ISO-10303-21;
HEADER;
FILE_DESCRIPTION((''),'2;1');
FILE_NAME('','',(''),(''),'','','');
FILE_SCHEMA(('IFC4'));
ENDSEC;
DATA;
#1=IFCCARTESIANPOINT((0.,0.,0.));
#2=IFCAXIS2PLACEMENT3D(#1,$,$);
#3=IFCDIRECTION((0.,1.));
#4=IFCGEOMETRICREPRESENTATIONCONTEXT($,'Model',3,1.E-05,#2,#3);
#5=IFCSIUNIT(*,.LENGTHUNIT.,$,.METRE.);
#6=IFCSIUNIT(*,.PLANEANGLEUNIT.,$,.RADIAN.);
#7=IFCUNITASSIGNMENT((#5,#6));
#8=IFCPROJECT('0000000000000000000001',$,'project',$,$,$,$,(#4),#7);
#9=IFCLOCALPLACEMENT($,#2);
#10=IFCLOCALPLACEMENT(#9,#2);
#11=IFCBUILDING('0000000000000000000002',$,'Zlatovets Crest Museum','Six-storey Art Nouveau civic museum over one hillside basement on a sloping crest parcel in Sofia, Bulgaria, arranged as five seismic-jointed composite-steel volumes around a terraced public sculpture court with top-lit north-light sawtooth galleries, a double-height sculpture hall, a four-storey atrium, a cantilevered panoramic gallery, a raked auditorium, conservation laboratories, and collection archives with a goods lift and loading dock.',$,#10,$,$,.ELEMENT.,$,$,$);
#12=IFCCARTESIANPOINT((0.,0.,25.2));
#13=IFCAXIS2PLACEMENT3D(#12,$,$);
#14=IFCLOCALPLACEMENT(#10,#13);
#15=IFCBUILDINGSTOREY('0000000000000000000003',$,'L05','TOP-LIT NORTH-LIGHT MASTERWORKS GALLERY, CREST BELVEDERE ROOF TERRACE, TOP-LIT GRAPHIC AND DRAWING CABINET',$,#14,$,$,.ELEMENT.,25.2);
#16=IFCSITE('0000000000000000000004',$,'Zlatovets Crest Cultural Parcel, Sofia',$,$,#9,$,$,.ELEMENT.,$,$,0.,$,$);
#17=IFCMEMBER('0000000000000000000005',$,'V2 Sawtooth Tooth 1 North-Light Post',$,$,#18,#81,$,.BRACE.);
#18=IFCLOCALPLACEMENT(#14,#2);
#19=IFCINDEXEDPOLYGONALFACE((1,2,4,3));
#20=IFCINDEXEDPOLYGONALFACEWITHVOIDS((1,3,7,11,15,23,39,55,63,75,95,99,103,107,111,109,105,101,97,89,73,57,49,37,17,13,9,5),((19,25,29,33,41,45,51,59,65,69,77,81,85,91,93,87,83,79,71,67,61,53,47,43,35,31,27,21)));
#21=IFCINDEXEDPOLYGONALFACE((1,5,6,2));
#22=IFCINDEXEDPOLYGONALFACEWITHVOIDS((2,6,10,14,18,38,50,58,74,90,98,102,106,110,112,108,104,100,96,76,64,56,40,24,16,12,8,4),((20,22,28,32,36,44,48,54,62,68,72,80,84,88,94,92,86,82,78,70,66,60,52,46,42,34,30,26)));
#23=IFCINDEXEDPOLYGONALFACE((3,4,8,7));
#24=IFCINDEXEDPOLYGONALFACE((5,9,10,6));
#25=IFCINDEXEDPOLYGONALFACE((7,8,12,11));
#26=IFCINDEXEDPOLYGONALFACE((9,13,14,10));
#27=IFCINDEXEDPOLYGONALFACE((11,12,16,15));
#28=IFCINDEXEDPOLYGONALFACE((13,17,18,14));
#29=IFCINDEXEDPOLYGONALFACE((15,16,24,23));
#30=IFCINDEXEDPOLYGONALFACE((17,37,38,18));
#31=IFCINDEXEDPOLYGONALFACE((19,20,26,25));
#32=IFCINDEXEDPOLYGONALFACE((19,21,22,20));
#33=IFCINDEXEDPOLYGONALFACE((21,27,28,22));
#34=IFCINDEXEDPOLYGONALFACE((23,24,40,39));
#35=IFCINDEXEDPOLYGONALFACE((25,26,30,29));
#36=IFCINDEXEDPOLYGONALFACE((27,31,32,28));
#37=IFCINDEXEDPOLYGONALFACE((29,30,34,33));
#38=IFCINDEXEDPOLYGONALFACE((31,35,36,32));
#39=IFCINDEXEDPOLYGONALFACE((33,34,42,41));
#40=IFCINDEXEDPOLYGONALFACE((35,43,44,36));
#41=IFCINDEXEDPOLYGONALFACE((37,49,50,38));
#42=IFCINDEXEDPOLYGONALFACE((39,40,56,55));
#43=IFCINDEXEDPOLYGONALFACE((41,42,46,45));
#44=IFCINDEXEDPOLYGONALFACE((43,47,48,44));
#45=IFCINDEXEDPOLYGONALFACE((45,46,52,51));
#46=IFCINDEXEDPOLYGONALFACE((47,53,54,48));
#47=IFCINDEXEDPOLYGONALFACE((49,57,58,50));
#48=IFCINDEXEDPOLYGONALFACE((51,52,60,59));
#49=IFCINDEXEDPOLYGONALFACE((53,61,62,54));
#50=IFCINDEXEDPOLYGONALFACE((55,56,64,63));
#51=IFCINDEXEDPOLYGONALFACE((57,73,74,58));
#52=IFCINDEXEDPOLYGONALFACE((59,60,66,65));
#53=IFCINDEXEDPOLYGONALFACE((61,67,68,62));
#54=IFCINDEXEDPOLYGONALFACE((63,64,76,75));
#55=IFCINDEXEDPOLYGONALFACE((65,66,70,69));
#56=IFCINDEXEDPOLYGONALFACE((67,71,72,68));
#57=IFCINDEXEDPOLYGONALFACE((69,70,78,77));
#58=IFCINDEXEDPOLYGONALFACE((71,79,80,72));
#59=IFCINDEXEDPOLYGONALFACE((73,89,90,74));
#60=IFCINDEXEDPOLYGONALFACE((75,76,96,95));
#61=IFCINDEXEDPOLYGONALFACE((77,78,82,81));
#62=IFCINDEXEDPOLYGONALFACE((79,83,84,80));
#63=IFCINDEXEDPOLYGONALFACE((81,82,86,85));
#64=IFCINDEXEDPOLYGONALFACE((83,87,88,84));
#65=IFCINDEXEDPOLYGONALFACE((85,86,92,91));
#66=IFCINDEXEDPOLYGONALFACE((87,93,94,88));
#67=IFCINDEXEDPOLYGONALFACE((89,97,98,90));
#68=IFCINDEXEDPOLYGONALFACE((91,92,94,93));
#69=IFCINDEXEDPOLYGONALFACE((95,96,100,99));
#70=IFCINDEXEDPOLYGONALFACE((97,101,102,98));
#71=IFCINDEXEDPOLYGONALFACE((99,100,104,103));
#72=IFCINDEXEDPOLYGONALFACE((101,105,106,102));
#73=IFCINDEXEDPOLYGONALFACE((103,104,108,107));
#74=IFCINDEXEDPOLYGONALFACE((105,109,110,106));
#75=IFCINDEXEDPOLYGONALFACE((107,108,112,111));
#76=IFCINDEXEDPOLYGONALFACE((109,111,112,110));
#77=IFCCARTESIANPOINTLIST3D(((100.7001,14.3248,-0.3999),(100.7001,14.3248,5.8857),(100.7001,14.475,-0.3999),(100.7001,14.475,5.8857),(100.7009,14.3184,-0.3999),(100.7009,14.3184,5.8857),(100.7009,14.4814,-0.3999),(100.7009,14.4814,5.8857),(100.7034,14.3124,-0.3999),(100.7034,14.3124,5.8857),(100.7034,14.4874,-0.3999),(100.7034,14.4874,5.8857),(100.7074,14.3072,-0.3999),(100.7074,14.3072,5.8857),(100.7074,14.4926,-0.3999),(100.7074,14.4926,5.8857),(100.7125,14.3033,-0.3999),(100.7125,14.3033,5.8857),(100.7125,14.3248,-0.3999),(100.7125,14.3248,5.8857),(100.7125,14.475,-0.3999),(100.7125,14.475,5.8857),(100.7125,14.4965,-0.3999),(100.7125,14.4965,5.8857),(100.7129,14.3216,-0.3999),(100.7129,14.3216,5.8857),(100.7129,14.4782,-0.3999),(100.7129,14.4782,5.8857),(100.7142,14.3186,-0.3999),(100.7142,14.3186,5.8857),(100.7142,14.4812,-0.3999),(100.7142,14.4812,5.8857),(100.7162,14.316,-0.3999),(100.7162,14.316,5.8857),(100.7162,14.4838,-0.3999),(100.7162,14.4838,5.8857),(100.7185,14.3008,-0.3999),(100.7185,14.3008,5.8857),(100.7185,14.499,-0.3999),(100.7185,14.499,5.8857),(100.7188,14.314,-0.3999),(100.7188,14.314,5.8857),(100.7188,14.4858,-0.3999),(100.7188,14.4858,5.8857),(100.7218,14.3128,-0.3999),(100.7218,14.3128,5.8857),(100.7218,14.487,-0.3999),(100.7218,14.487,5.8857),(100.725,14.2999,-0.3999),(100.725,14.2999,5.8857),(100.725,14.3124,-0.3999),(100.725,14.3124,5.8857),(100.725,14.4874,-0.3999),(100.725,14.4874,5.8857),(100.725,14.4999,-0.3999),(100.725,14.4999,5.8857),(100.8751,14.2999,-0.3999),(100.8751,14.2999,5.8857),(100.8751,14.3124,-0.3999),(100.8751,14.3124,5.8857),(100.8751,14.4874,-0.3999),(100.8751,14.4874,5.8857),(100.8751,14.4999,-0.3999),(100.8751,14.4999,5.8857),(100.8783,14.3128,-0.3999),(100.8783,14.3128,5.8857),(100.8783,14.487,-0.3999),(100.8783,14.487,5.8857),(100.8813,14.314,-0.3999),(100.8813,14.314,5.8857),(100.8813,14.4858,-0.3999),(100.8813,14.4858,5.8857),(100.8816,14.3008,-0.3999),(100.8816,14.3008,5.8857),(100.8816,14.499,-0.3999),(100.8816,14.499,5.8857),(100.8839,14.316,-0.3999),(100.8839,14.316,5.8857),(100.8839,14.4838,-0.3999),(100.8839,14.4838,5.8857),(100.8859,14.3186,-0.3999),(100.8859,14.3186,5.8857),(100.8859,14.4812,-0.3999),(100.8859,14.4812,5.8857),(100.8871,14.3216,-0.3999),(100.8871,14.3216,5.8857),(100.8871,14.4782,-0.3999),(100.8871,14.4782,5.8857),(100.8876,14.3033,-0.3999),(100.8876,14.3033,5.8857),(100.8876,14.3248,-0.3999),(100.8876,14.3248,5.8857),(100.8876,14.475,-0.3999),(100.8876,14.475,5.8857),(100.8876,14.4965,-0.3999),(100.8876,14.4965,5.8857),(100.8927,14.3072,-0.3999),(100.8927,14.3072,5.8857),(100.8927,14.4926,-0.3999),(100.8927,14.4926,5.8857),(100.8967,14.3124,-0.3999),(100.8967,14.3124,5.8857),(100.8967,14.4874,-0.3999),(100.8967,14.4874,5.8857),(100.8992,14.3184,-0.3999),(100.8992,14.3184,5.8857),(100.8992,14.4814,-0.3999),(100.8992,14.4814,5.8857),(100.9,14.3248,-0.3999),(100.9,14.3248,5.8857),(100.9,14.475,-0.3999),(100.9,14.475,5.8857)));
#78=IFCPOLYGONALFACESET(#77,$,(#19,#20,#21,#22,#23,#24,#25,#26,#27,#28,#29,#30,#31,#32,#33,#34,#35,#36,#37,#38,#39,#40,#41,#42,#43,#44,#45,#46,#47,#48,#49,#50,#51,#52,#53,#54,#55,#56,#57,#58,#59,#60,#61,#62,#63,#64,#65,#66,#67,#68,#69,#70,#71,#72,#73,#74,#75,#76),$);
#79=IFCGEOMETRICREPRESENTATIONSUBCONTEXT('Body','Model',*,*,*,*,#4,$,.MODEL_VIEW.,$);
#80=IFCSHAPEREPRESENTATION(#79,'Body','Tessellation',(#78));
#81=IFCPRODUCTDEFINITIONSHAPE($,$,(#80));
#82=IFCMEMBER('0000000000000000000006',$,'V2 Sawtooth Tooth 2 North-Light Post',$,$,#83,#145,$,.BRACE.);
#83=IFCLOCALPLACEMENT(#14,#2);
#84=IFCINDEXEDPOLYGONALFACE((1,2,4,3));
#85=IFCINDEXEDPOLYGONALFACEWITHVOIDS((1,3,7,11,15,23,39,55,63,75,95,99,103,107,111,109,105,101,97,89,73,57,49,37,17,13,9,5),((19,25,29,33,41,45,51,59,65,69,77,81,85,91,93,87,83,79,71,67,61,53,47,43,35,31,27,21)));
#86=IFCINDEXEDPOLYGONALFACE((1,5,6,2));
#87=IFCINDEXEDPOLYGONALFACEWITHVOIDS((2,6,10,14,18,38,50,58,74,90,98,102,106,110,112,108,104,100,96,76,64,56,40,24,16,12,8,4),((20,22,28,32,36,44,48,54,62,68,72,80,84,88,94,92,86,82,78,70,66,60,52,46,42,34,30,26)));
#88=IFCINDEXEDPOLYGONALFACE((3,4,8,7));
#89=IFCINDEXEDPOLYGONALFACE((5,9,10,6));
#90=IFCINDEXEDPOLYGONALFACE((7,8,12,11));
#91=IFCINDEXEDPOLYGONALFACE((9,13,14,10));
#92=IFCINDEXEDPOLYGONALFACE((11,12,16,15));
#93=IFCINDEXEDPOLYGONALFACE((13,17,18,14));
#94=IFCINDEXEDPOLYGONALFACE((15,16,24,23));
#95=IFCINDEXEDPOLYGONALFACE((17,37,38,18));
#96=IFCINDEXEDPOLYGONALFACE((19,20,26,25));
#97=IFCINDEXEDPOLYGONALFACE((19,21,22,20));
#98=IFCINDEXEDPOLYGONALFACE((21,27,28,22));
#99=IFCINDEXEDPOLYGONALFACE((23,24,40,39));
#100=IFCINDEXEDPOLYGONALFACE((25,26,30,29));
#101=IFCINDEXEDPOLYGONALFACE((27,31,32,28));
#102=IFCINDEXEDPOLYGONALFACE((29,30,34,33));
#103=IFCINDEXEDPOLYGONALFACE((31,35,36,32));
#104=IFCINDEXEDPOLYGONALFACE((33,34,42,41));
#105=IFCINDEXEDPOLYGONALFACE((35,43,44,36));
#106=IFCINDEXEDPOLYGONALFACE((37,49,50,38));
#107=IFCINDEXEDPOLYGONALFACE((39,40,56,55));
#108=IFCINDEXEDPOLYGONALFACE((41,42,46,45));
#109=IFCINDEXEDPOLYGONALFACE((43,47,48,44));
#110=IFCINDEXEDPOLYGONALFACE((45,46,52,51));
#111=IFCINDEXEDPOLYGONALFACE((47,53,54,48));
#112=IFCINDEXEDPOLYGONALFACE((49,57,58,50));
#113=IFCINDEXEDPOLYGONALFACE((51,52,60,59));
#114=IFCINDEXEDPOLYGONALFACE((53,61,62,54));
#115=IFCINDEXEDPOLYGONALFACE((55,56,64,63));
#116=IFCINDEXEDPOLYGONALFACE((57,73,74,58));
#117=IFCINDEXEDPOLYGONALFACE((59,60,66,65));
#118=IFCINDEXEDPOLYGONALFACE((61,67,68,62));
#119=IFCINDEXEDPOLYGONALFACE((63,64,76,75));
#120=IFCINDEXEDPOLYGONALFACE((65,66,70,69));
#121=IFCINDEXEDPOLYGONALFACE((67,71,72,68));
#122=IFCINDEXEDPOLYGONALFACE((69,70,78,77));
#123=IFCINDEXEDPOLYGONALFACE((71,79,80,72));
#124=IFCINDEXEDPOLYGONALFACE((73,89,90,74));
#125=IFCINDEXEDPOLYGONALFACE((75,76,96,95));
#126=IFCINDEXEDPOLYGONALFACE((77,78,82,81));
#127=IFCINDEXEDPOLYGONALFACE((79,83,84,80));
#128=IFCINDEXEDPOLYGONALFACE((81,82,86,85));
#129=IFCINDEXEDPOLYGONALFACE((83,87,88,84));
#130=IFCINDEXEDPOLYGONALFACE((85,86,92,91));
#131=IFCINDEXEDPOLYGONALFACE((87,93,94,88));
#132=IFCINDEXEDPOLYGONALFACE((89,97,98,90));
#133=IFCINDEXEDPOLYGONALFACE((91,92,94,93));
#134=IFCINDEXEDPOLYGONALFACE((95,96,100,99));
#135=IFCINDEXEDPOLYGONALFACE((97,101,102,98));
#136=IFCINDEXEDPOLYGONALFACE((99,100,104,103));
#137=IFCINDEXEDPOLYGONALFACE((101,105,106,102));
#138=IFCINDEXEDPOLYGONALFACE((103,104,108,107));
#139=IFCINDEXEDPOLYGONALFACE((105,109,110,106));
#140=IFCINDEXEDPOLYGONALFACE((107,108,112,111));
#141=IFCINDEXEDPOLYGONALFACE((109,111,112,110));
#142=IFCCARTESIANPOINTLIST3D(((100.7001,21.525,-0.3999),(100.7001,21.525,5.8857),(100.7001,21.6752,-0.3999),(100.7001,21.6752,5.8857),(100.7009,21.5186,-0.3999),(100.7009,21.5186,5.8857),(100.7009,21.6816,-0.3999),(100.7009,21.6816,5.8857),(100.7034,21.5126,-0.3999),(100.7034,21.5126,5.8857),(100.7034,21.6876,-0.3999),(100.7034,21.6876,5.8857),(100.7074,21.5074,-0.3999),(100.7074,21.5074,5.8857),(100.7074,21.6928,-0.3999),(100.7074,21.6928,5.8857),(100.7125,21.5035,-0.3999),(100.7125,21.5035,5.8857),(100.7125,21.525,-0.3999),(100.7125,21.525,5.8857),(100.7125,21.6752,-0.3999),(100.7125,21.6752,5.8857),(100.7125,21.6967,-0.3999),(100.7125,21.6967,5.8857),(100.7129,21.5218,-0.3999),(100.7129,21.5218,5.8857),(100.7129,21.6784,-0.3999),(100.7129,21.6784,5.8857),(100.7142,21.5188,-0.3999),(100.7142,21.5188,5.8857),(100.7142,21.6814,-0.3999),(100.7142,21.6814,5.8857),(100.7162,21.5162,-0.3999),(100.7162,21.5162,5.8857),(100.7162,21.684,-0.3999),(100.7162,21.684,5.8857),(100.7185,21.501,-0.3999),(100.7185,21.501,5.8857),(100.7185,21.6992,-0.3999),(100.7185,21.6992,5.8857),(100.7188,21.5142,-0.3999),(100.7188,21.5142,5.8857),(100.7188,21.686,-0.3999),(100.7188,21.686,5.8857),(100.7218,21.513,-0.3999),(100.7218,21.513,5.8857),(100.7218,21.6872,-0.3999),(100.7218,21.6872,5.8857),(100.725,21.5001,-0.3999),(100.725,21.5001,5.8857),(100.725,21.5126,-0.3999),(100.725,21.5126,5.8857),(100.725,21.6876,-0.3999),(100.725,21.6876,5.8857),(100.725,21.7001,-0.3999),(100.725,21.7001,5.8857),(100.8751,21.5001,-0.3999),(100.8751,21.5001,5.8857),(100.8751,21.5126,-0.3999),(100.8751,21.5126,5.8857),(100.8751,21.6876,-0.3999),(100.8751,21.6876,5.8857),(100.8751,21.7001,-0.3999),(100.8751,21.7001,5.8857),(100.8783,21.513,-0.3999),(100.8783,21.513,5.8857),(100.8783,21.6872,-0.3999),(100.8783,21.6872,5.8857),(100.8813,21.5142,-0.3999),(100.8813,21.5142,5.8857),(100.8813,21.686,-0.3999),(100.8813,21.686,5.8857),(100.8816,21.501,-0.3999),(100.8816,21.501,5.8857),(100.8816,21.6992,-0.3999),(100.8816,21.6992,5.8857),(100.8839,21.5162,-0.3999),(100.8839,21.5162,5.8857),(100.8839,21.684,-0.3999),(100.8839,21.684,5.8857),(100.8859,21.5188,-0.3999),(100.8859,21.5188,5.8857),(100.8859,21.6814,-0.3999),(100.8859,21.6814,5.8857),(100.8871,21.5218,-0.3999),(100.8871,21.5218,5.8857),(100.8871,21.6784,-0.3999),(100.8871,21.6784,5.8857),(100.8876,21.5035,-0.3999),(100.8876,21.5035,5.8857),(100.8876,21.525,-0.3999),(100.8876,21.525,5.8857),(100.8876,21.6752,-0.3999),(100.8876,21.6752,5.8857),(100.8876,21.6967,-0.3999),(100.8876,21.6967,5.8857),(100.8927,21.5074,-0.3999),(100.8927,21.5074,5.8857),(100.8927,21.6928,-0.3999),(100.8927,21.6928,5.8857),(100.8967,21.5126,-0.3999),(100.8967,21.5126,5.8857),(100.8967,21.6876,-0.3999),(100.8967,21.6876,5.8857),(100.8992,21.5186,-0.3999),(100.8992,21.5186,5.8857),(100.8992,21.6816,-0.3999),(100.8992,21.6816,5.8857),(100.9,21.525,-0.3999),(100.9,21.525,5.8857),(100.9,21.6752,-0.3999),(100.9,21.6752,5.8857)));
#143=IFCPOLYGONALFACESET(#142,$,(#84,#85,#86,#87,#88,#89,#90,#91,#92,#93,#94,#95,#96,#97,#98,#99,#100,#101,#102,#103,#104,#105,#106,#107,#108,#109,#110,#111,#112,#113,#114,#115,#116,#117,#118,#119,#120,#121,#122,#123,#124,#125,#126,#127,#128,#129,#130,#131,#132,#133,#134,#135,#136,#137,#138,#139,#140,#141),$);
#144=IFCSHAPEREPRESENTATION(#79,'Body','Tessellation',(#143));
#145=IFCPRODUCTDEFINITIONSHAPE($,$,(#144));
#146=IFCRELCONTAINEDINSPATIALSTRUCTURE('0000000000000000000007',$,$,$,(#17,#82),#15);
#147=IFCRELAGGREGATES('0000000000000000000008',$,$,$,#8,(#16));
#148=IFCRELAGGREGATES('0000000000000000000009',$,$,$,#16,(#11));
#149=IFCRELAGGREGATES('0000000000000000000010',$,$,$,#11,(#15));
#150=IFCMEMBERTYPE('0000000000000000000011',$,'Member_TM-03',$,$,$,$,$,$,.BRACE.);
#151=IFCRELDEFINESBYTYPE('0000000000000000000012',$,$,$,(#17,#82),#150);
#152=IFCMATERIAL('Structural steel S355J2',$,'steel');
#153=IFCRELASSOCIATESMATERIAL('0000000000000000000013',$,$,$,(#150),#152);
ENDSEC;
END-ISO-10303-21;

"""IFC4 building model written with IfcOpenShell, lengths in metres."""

from ifc_helpers import new_model, si_unit, direction, frame, origin, origin_2d, place, context, subcontext, project, spatial, hollow_rectangle, extrude, material, material_profile, profile_set, type_object, element, save


model = new_model("IFC4")

# Units and contexts
model_context = context("Model", 3, precision=1e-05, world=origin(), true_north=direction((0.0, 1.0)))
body_context = subcontext(model_context, "Body", "Model", "MODEL_VIEW")
ifc_project = project(units=[si_unit("LENGTHUNIT", "METRE"), si_unit("PLANEANGLEUNIT", "RADIAN")], contexts=[model_context])

# Site, building, storey
site_placement = place(None, origin())
site = spatial("IfcSite", under=ifc_project, at=site_placement, Name="Zlatovets Crest Cultural Parcel, Sofia", CompositionType="ELEMENT", RefElevation=0.0)
building_placement = place(site_placement, origin())
building = spatial("IfcBuilding", under=site, at=building_placement, Name="Zlatovets Crest Museum", Description="Six-storey Art Nouveau civic museum over one hillside basement on a sloping crest parcel in Sofia, Bulgaria, arranged as five seismic-jointed composite-steel volumes around a terraced public sculpture court with top-lit north-light sawtooth galleries, a double-height sculpture hall, a four-storey atrium, a cantilevered panoramic gallery, a raked auditorium, conservation laboratories, and collection archives with a goods lift and loading dock.", CompositionType="ELEMENT")
storey_placement = place(building_placement, frame((0.0, 0.0, 25.2)))
storey = spatial("IfcBuildingStorey", under=building, at=storey_placement, Name="L05", Description="TOP-LIT NORTH-LIGHT MASTERWORKS GALLERY, CREST BELVEDERE ROOF TERRACE, TOP-LIT GRAPHIC AND DRAWING CABINET", CompositionType="ELEMENT", Elevation=25.2)

# Shared definitions
ifc_material_1 = material(Name="Structural steel S355J2", Category="steel")

# Members
ifc_material_profile_1 = material_profile(ifc_material_1, hollow_rectangle(XDim=0.2, YDim=0.2, WallThickness=0.0125, InnerFilletRadius=0.0125, OuterFilletRadius=0.0249, at=origin_2d()), Name="SHS 200x200x12.5")
ifc_profile_set_1 = profile_set([ifc_material_profile_1], Name="Structural steel S355J2")
member_type_1 = type_object("IfcMemberType", Name="Member_TM-03", PredefinedType="BRACE", material=ifc_profile_set_1)
for number, where, z_axis, x_axis, name in (
    (1, (100.8, 14.3999, -0.3999), (0.0, 0.0, 1.0), (1.0, 0.0, 0.0), "V2 Sawtooth Tooth 1 North-Light Post"),
    (2, (100.8, 21.6001, -0.3999), (0.0, 0.0, 1.0), (1.0, 0.0, 0.0), "V2 Sawtooth Tooth 2 North-Light Post"),
):
    element("IfcMember", number, at=place(storey_placement, frame(where, z_axis=z_axis, x_axis=x_axis)), inside=storey, type_object=member_type_1, Name=name, PredefinedType="BRACE", context=body_context, shape_type="SweptSolid", body=[
        extrude(hollow_rectangle(XDim=0.2, YDim=0.2, WallThickness=0.0125, InnerFilletRadius=0.0125, OuterFilletRadius=0.0249, at=origin_2d()), origin(), (0.0, 0.0, 1.0), 6.2856),
    ])

save(model, "model.ifc")
